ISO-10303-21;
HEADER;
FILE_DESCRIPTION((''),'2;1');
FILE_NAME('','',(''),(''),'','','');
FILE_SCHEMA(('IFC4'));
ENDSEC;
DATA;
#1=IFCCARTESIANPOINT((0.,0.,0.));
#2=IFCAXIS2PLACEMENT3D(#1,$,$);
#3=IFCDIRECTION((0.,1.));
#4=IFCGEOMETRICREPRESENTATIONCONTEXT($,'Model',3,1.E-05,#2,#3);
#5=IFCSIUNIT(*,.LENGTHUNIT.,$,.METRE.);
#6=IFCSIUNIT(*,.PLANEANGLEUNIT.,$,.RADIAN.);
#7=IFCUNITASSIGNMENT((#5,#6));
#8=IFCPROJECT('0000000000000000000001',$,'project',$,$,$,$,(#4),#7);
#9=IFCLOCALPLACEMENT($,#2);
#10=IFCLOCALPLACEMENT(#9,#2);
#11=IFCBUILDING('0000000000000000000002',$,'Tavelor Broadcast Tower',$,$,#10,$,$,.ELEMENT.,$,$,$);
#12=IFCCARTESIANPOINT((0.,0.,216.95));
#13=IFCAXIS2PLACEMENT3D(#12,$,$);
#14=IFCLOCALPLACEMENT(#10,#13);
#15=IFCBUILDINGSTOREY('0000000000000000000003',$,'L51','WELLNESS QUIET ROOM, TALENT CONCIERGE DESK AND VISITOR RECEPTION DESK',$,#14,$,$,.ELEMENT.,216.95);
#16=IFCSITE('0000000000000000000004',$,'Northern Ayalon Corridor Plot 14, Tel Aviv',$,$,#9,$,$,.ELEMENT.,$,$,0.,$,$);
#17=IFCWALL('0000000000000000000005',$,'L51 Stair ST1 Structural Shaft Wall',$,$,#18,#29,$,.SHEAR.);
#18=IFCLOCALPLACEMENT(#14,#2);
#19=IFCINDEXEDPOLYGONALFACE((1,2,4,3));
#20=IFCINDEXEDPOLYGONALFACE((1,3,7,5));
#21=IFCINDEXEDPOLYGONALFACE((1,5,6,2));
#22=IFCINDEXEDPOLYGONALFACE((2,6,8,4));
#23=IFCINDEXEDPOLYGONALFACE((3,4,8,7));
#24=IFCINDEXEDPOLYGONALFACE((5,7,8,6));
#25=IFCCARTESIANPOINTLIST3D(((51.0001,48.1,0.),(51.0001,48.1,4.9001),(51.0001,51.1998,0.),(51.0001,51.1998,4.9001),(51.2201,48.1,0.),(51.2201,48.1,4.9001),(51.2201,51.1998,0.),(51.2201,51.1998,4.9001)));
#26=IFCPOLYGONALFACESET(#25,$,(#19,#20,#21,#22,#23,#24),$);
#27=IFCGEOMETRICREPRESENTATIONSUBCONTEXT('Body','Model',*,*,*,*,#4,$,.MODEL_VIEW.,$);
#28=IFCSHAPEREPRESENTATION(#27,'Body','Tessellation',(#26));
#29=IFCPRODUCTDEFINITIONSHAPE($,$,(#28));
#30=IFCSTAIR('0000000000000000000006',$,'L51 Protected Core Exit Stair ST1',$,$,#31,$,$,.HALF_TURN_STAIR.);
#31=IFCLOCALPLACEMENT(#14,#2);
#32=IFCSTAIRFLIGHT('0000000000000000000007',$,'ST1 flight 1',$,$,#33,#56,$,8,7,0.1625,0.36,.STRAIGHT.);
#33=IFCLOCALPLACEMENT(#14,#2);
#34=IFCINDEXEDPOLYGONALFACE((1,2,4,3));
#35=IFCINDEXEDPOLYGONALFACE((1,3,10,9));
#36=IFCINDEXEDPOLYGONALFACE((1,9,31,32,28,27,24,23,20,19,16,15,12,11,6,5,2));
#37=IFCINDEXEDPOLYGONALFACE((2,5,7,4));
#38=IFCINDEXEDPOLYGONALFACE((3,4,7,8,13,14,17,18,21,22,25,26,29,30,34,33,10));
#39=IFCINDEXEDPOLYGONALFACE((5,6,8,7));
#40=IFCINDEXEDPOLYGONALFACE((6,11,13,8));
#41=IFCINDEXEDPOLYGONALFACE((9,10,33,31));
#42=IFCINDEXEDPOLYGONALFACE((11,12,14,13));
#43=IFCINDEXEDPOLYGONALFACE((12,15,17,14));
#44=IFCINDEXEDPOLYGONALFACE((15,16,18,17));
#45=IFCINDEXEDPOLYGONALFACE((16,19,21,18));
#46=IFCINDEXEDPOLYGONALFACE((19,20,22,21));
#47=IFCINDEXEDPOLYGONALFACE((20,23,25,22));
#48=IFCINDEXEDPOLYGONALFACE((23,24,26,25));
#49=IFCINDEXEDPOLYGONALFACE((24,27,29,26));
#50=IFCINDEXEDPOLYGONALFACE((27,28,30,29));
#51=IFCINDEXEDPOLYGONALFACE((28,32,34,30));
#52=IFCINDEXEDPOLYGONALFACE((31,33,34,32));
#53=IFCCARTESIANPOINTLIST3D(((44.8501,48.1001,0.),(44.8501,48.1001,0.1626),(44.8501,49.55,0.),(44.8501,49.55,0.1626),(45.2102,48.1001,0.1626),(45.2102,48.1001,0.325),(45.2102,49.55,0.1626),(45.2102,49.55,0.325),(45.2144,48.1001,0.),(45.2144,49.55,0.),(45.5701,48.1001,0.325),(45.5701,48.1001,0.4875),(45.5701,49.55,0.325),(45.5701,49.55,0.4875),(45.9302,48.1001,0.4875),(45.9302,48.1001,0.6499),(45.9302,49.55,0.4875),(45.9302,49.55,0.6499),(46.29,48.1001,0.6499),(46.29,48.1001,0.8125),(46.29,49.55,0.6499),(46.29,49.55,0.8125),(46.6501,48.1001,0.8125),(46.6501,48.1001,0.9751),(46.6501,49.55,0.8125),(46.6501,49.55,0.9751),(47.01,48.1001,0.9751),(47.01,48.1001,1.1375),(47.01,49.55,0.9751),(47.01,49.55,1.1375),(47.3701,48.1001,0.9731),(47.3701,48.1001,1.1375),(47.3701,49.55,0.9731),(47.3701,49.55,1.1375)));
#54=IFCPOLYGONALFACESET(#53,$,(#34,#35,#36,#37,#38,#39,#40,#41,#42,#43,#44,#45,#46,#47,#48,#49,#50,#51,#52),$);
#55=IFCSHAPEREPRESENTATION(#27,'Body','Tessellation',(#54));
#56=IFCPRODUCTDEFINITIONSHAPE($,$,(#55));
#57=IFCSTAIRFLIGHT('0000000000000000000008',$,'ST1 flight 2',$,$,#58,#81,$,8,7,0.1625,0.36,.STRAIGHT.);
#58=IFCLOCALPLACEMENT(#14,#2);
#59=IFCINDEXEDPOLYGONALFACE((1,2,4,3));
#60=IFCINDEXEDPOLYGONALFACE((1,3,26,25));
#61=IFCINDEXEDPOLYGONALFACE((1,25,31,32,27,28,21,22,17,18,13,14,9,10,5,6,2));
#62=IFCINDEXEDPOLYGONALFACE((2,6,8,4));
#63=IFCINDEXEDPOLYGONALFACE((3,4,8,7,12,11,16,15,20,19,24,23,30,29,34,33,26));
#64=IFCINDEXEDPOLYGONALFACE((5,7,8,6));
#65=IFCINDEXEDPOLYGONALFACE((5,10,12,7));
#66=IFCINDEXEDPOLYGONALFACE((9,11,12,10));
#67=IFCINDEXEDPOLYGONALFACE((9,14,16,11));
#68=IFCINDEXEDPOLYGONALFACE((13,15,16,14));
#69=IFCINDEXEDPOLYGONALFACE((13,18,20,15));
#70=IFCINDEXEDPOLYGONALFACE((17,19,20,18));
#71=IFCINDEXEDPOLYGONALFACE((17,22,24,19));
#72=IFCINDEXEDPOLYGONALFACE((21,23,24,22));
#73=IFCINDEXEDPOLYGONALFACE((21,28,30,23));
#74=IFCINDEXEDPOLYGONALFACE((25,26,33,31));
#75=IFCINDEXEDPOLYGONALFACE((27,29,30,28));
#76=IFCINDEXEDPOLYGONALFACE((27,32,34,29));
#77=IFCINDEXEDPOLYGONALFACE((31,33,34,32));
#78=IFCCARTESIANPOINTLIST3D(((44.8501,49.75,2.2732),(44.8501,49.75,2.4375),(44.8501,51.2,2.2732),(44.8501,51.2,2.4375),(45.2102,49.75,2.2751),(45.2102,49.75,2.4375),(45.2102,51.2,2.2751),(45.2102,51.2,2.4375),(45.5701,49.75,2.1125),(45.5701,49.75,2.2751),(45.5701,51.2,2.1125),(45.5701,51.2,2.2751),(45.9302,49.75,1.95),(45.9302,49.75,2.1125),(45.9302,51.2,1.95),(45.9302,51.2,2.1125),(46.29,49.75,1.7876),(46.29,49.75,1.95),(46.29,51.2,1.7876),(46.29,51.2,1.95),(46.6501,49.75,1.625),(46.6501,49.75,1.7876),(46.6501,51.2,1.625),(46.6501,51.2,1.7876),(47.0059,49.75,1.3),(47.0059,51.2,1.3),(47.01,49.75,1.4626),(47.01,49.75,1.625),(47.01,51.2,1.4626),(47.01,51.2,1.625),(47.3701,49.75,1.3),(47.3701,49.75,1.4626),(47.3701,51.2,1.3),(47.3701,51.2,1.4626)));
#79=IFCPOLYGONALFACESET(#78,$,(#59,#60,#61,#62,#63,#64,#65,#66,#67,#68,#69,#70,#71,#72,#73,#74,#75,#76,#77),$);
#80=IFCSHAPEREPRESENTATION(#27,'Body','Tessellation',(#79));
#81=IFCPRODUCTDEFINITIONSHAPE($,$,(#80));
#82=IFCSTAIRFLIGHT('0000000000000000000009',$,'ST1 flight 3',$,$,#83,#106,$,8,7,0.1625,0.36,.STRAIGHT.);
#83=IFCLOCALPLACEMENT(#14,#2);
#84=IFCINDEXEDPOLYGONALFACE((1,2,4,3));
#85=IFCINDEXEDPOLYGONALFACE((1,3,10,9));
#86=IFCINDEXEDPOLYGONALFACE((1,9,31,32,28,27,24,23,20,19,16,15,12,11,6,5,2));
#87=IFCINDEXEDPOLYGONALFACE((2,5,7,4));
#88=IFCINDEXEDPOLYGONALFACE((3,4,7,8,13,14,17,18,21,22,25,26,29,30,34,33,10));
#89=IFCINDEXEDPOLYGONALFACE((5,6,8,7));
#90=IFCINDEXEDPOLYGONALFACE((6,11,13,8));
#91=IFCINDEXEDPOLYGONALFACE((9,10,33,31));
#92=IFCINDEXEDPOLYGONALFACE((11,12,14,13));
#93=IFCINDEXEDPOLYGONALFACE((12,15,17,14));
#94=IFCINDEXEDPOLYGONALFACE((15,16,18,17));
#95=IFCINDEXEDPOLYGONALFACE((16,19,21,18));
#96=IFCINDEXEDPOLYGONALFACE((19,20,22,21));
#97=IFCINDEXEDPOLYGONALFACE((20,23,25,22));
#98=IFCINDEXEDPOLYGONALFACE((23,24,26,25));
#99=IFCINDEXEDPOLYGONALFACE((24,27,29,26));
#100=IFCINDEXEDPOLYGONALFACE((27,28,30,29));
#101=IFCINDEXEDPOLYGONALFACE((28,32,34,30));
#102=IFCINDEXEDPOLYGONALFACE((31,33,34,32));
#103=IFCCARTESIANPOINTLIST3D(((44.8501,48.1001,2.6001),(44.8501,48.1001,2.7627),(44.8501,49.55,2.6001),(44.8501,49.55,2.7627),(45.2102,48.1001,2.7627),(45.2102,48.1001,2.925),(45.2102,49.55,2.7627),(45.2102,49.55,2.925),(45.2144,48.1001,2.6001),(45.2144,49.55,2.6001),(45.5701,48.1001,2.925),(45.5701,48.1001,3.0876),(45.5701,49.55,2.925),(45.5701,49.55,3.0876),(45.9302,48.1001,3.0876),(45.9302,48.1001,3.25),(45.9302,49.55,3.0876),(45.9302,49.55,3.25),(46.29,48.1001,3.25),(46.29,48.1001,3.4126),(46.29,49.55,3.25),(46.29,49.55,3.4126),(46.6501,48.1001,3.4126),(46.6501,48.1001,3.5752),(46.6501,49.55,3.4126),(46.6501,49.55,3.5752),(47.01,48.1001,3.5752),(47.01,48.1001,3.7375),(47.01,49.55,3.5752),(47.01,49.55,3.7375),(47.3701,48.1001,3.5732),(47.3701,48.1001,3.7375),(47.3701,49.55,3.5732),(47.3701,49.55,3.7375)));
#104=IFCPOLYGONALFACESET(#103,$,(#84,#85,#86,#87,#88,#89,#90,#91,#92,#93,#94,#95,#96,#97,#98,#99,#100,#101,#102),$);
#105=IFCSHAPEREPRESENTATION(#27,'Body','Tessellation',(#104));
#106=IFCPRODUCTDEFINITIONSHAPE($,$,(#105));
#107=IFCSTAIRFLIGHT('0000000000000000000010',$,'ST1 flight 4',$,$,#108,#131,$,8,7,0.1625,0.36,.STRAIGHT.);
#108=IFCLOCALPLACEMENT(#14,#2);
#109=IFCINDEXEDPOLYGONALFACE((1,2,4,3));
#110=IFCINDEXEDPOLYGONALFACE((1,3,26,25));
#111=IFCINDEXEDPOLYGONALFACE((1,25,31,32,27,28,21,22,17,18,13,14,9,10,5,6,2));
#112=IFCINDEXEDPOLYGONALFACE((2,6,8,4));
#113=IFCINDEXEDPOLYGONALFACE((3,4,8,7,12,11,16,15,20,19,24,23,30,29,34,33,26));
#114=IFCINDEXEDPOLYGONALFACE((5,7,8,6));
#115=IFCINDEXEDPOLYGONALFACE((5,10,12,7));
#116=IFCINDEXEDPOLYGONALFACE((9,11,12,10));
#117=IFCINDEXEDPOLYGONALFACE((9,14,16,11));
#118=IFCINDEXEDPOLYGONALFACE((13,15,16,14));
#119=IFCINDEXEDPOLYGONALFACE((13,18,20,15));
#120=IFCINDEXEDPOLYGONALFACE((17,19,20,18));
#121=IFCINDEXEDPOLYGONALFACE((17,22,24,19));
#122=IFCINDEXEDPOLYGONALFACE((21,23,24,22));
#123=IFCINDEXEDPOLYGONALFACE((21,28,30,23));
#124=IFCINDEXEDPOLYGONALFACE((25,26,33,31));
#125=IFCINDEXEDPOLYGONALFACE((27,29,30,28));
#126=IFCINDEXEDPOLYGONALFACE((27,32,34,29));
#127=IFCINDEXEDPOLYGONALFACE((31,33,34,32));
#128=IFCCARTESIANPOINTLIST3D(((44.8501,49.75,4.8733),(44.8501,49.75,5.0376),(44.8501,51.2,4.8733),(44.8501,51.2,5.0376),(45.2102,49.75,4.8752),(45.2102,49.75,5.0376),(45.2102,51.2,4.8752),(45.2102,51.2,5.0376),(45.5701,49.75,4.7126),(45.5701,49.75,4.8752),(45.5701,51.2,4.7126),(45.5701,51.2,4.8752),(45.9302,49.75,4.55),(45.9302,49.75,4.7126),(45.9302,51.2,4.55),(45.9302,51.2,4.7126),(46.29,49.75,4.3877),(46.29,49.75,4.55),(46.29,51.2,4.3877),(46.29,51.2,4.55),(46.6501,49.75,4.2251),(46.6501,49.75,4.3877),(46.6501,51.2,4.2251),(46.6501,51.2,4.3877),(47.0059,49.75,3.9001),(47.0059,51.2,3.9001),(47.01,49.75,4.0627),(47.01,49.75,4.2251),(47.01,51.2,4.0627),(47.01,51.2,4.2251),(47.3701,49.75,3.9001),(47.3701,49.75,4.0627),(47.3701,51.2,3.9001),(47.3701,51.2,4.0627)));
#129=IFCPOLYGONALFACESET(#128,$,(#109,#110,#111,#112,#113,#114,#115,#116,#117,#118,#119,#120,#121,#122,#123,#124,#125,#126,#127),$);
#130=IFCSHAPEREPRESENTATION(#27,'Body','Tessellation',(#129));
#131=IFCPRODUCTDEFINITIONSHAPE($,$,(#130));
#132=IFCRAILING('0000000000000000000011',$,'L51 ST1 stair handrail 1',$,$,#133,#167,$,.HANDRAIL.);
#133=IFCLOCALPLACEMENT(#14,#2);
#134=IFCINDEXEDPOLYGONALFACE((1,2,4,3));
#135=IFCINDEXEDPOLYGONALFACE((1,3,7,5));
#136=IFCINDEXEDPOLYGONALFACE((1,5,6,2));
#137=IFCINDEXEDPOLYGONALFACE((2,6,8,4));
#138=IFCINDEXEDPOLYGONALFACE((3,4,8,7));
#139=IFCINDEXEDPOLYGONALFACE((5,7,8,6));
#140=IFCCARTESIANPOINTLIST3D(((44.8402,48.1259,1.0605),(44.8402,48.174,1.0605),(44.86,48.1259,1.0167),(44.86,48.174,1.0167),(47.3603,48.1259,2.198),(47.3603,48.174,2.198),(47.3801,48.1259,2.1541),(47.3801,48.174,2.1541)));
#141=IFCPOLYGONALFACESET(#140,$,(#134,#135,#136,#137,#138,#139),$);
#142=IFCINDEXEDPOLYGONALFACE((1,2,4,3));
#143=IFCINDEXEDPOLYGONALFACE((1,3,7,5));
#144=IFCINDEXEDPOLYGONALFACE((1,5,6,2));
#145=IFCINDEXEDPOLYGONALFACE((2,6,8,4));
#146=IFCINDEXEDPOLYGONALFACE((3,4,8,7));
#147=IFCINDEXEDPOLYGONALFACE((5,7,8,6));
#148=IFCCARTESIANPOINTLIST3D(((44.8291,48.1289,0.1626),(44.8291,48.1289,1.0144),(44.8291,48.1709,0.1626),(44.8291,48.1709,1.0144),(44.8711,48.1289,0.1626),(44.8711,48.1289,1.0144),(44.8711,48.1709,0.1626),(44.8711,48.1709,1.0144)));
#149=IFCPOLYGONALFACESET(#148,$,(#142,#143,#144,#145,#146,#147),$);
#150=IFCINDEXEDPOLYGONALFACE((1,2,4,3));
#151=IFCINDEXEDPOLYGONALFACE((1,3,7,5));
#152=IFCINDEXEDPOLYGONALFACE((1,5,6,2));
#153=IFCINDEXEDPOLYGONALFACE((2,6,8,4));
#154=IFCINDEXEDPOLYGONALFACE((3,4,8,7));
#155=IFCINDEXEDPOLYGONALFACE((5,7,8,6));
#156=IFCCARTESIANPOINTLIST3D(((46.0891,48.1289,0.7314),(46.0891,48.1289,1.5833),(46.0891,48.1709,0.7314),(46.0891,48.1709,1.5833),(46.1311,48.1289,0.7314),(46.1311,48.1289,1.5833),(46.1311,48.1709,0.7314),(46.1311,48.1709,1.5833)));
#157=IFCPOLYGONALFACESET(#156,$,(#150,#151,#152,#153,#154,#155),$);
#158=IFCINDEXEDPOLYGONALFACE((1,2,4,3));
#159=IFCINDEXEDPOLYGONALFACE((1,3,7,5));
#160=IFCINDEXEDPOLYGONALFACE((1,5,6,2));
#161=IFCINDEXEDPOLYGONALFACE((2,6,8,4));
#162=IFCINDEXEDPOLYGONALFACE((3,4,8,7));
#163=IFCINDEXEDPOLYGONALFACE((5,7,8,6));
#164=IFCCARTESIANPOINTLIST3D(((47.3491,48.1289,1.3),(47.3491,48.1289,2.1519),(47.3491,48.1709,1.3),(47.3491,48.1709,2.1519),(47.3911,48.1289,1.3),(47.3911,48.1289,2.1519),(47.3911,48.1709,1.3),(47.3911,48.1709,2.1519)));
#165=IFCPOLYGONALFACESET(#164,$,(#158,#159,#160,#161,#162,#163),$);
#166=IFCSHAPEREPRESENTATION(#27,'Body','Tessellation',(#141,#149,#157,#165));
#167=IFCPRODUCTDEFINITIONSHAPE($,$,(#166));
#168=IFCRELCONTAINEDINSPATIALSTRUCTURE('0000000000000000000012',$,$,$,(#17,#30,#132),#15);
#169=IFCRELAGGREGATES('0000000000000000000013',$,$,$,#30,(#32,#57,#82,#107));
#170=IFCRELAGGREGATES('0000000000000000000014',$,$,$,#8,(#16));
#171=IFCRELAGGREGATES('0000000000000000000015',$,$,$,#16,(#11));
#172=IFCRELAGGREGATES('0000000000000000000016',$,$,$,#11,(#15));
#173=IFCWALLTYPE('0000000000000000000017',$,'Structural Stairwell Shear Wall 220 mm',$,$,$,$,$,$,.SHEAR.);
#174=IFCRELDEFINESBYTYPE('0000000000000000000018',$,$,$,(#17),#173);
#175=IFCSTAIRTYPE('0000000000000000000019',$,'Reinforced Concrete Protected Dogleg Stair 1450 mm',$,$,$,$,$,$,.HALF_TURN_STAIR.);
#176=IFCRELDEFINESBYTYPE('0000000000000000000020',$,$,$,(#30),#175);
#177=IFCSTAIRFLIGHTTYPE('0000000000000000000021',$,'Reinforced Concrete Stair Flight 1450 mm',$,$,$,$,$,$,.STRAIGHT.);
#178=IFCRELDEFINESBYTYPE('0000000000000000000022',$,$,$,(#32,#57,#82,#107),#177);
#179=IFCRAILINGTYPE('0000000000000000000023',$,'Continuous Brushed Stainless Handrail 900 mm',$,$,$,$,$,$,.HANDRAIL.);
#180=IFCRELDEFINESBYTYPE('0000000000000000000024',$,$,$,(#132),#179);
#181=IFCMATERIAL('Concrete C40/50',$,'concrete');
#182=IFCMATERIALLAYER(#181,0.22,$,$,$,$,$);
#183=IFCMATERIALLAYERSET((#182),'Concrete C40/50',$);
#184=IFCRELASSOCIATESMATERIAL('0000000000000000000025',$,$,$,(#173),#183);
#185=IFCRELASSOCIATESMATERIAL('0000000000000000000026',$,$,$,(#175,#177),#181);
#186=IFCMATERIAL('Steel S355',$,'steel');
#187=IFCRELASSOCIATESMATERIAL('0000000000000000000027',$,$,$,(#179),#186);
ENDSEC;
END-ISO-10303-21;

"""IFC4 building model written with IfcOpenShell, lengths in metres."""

from ifc_helpers import new_model, si_unit, direction, frame, frame_2d, origin, origin_2d, place, context, subcontext, project, spatial, polyline, rectangle, outline, extrude, material, layer, layer_set, type_object, element, aggregate, save


model = new_model("IFC4")

# Units and contexts
model_context = context("Model", 3, precision=1e-05, world=origin(), true_north=direction((0.0, 1.0)))
body_context = subcontext(model_context, "Body", "Model", "MODEL_VIEW")
ifc_project = project(units=[si_unit("LENGTHUNIT", "METRE"), si_unit("PLANEANGLEUNIT", "RADIAN")], contexts=[model_context])

# Site, building, storey
site_placement = place(None, origin())
site = spatial("IfcSite", under=ifc_project, at=site_placement, Name="Northern Ayalon Corridor Plot 14, Tel Aviv", CompositionType="ELEMENT", RefElevation=0.0)
building_placement = place(site_placement, origin())
building = spatial("IfcBuilding", under=site, at=building_placement, Name="Tavelor Broadcast Tower", CompositionType="ELEMENT")
storey_placement = place(building_placement, frame((0.0, 0.0, 216.95)))
storey = spatial("IfcBuildingStorey", under=building, at=storey_placement, Name="L51", Description="WELLNESS QUIET ROOM, TALENT CONCIERGE DESK AND VISITOR RECEPTION DESK", CompositionType="ELEMENT", Elevation=216.95)

# Shared definitions
ifc_material_1 = material(Name="Steel S355", Category="steel")

# Wall
ifc_material_2 = material(Name="Concrete C40/50", Category="concrete")
ifc_layer_1 = layer(ifc_material_2, 0.22)
ifc_layer_set_1 = layer_set([ifc_layer_1], Name="Concrete C40/50")
wall_type_1 = type_object("IfcWallType", Name="Structural Stairwell Shear Wall 220 mm", PredefinedType="SHEAR", material=ifc_layer_set_1)
wall_1_placement = place(storey_placement, frame((51.1101, 48.1001, 0.0), z_axis=(0.0, 0.0, 1.0), x_axis=(0.0, 1.0, 0.0)))
element("IfcWall", 1, at=wall_1_placement, inside=storey, type_object=wall_type_1, Name="L51 Stair ST1 Structural Shaft Wall", PredefinedType="SHEAR", context=body_context, shape_type="SweptSolid", body=[
    extrude(rectangle(XDim=3.0999, YDim=0.22, at=frame_2d((1.5498, 0.0))), origin(), (0.0, 0.0, 1.0), 4.9001),
])

# Stair, stair flights
stair_type = type_object("IfcStairType", Name="Reinforced Concrete Protected Dogleg Stair 1450 mm", PredefinedType="HALF_TURN_STAIR", material=ifc_material_2)
stair_placement = place(storey_placement, origin())
stair = element("IfcStair", 2, at=stair_placement, inside=storey, type_object=stair_type, Name="L51 Protected Core Exit Stair ST1", PredefinedType="HALF_TURN_STAIR")
stair_flight_type = type_object("IfcStairFlightType", Name="Reinforced Concrete Stair Flight 1450 mm", PredefinedType="STRAIGHT", material=ifc_material_2)
stair_flight_1_placement = place(storey_placement, frame((44.8501, 48.825, 0.0), z_axis=(0.0, 0.0, 1.0), x_axis=(1.0, 0.0, 0.0)))
stair_flight_1 = element("IfcStairFlight", 3, at=stair_flight_1_placement, type_object=stair_flight_type, Name="ST1 flight 1", NumberOfRisers=8, NumberOfTreads=7, PredefinedType="STRAIGHT", RiserHeight=0.1625, TreadLength=0.36, context=body_context, shape_type="SweptSolid", body=[
    extrude(outline(polyline([(0.0, 0.0), (0.0, 0.1626), (0.3601, 0.1626), (0.3601, 0.325), (0.72, 0.325), (0.72, 0.4875), (1.0801, 0.4875), (1.0801, 0.6499), (1.4399, 0.6499), (1.4399, 0.8125), (1.8, 0.8125), (1.8, 0.9751), (2.1599, 0.9751), (2.1599, 1.1375), (2.52, 1.1375), (2.52, 1.3), (2.52, 0.9731), (0.3643, 0.0), (0.0, 0.0)])), frame((0.0, 0.7251, 0.0), z_axis=(0.0, -1.0, 0.0), x_axis=(1.0, 0.0, 0.0)), (0.0, 0.0, 1.0), 1.45),
])
stair_flight_2_placement = place(storey_placement, frame((47.3701, 50.4751, 1.3), z_axis=(0.0, 0.0, 1.0), x_axis=(-1.0, 0.0, 0.0)))
stair_flight_2 = element("IfcStairFlight", 4, at=stair_flight_2_placement, type_object=stair_flight_type, Name="ST1 flight 2", NumberOfRisers=8, NumberOfTreads=7, PredefinedType="STRAIGHT", RiserHeight=0.1625, TreadLength=0.36, context=body_context, shape_type="SweptSolid", body=[
    extrude(outline(polyline([(0.0, 0.0), (0.0, 0.1626), (0.3601, 0.1626), (0.3601, 0.325), (0.72, 0.325), (0.72, 0.4875), (1.0801, 0.4875), (1.0801, 0.6499), (1.4399, 0.6499), (1.4399, 0.8125), (1.8, 0.8125), (1.8, 0.9751), (2.1599, 0.9751), (2.1599, 1.1375), (2.52, 1.1375), (2.52, 1.3), (2.52, 0.9731), (0.3643, 0.0), (0.0, 0.0)])), frame((0.0, 0.7251, 0.0), z_axis=(0.0, -1.0, 0.0), x_axis=(1.0, 0.0, 0.0)), (0.0, 0.0, 1.0), 1.45),
])
stair_flight_3_placement = place(storey_placement, frame((44.8501, 48.825, 2.6001), z_axis=(0.0, 0.0, 1.0), x_axis=(1.0, 0.0, 0.0)))
stair_flight_3 = element("IfcStairFlight", 5, at=stair_flight_3_placement, type_object=stair_flight_type, Name="ST1 flight 3", NumberOfRisers=8, NumberOfTreads=7, PredefinedType="STRAIGHT", RiserHeight=0.1625, TreadLength=0.36, context=body_context, shape_type="SweptSolid", body=[
    extrude(outline(polyline([(0.0, 0.0), (0.0, 0.1626), (0.3601, 0.1626), (0.3601, 0.325), (0.72, 0.325), (0.72, 0.4875), (1.0801, 0.4875), (1.0801, 0.6499), (1.4399, 0.6499), (1.4399, 0.8125), (1.8, 0.8125), (1.8, 0.9751), (2.1599, 0.9751), (2.1599, 1.1375), (2.52, 1.1375), (2.52, 1.3), (2.52, 0.9731), (0.3643, 0.0), (0.0, 0.0)])), frame((0.0, 0.7251, 0.0), z_axis=(0.0, -1.0, 0.0), x_axis=(1.0, 0.0, 0.0)), (0.0, 0.0, 1.0), 1.45),
])
stair_flight_4_placement = place(storey_placement, frame((47.3701, 50.4751, 3.9001), z_axis=(0.0, 0.0, 1.0), x_axis=(-1.0, 0.0, 0.0)))
stair_flight_4 = element("IfcStairFlight", 6, at=stair_flight_4_placement, type_object=stair_flight_type, Name="ST1 flight 4", NumberOfRisers=8, NumberOfTreads=7, PredefinedType="STRAIGHT", RiserHeight=0.1625, TreadLength=0.36, context=body_context, shape_type="SweptSolid", body=[
    extrude(outline(polyline([(0.0, 0.0), (0.0, 0.1626), (0.3601, 0.1626), (0.3601, 0.325), (0.72, 0.325), (0.72, 0.4875), (1.0801, 0.4875), (1.0801, 0.6499), (1.4399, 0.6499), (1.4399, 0.8125), (1.8, 0.8125), (1.8, 0.9751), (2.1599, 0.9751), (2.1599, 1.1375), (2.52, 1.1375), (2.52, 1.3), (2.52, 0.9731), (0.3643, 0.0), (0.0, 0.0)])), frame((0.0, 0.7251, 0.0), z_axis=(0.0, -1.0, 0.0), x_axis=(1.0, 0.0, 0.0)), (0.0, 0.0, 1.0), 1.45),
])
aggregate(stair, [stair_flight_1, stair_flight_2, stair_flight_3, stair_flight_4])

# Railing
railing_type_1 = type_object("IfcRailingType", Name="Continuous Brushed Stainless Handrail 900 mm", PredefinedType="HANDRAIL", material=ifc_material_1)
railing_1_placement = place(storey_placement, frame((44.8501, 48.1499, 0.1626)))
element("IfcRailing", 7, at=railing_1_placement, inside=storey, type_object=railing_type_1, Name="L51 ST1 stair handrail 1", PredefinedType="HANDRAIL", context=body_context, shape_type="SweptSolid", body=[
    extrude(rectangle(XDim=0.0481, YDim=0.0481, at=origin_2d()), frame((0.0, 0.0, 0.876), z_axis=(0.911455, 0.0, 0.4114), x_axis=(0.0, 1.0, 0.0)), (0.0, 0.0, 1.0), 2.7649),
    extrude(rectangle(XDim=0.042, YDim=0.042, at=origin_2d()), origin(), (0.0, 0.0, 1.0), 0.8518),
    extrude(rectangle(XDim=0.042, YDim=0.042, at=origin_2d()), frame((1.26, 0.0, 0.5688)), (0.0, 0.0, 1.0), 0.8518),
    extrude(rectangle(XDim=0.042, YDim=0.042, at=origin_2d()), frame((2.52, 0.0, 1.1375)), (0.0, 0.0, 1.0), 0.8518),
])

save(model, "model.ifc")
